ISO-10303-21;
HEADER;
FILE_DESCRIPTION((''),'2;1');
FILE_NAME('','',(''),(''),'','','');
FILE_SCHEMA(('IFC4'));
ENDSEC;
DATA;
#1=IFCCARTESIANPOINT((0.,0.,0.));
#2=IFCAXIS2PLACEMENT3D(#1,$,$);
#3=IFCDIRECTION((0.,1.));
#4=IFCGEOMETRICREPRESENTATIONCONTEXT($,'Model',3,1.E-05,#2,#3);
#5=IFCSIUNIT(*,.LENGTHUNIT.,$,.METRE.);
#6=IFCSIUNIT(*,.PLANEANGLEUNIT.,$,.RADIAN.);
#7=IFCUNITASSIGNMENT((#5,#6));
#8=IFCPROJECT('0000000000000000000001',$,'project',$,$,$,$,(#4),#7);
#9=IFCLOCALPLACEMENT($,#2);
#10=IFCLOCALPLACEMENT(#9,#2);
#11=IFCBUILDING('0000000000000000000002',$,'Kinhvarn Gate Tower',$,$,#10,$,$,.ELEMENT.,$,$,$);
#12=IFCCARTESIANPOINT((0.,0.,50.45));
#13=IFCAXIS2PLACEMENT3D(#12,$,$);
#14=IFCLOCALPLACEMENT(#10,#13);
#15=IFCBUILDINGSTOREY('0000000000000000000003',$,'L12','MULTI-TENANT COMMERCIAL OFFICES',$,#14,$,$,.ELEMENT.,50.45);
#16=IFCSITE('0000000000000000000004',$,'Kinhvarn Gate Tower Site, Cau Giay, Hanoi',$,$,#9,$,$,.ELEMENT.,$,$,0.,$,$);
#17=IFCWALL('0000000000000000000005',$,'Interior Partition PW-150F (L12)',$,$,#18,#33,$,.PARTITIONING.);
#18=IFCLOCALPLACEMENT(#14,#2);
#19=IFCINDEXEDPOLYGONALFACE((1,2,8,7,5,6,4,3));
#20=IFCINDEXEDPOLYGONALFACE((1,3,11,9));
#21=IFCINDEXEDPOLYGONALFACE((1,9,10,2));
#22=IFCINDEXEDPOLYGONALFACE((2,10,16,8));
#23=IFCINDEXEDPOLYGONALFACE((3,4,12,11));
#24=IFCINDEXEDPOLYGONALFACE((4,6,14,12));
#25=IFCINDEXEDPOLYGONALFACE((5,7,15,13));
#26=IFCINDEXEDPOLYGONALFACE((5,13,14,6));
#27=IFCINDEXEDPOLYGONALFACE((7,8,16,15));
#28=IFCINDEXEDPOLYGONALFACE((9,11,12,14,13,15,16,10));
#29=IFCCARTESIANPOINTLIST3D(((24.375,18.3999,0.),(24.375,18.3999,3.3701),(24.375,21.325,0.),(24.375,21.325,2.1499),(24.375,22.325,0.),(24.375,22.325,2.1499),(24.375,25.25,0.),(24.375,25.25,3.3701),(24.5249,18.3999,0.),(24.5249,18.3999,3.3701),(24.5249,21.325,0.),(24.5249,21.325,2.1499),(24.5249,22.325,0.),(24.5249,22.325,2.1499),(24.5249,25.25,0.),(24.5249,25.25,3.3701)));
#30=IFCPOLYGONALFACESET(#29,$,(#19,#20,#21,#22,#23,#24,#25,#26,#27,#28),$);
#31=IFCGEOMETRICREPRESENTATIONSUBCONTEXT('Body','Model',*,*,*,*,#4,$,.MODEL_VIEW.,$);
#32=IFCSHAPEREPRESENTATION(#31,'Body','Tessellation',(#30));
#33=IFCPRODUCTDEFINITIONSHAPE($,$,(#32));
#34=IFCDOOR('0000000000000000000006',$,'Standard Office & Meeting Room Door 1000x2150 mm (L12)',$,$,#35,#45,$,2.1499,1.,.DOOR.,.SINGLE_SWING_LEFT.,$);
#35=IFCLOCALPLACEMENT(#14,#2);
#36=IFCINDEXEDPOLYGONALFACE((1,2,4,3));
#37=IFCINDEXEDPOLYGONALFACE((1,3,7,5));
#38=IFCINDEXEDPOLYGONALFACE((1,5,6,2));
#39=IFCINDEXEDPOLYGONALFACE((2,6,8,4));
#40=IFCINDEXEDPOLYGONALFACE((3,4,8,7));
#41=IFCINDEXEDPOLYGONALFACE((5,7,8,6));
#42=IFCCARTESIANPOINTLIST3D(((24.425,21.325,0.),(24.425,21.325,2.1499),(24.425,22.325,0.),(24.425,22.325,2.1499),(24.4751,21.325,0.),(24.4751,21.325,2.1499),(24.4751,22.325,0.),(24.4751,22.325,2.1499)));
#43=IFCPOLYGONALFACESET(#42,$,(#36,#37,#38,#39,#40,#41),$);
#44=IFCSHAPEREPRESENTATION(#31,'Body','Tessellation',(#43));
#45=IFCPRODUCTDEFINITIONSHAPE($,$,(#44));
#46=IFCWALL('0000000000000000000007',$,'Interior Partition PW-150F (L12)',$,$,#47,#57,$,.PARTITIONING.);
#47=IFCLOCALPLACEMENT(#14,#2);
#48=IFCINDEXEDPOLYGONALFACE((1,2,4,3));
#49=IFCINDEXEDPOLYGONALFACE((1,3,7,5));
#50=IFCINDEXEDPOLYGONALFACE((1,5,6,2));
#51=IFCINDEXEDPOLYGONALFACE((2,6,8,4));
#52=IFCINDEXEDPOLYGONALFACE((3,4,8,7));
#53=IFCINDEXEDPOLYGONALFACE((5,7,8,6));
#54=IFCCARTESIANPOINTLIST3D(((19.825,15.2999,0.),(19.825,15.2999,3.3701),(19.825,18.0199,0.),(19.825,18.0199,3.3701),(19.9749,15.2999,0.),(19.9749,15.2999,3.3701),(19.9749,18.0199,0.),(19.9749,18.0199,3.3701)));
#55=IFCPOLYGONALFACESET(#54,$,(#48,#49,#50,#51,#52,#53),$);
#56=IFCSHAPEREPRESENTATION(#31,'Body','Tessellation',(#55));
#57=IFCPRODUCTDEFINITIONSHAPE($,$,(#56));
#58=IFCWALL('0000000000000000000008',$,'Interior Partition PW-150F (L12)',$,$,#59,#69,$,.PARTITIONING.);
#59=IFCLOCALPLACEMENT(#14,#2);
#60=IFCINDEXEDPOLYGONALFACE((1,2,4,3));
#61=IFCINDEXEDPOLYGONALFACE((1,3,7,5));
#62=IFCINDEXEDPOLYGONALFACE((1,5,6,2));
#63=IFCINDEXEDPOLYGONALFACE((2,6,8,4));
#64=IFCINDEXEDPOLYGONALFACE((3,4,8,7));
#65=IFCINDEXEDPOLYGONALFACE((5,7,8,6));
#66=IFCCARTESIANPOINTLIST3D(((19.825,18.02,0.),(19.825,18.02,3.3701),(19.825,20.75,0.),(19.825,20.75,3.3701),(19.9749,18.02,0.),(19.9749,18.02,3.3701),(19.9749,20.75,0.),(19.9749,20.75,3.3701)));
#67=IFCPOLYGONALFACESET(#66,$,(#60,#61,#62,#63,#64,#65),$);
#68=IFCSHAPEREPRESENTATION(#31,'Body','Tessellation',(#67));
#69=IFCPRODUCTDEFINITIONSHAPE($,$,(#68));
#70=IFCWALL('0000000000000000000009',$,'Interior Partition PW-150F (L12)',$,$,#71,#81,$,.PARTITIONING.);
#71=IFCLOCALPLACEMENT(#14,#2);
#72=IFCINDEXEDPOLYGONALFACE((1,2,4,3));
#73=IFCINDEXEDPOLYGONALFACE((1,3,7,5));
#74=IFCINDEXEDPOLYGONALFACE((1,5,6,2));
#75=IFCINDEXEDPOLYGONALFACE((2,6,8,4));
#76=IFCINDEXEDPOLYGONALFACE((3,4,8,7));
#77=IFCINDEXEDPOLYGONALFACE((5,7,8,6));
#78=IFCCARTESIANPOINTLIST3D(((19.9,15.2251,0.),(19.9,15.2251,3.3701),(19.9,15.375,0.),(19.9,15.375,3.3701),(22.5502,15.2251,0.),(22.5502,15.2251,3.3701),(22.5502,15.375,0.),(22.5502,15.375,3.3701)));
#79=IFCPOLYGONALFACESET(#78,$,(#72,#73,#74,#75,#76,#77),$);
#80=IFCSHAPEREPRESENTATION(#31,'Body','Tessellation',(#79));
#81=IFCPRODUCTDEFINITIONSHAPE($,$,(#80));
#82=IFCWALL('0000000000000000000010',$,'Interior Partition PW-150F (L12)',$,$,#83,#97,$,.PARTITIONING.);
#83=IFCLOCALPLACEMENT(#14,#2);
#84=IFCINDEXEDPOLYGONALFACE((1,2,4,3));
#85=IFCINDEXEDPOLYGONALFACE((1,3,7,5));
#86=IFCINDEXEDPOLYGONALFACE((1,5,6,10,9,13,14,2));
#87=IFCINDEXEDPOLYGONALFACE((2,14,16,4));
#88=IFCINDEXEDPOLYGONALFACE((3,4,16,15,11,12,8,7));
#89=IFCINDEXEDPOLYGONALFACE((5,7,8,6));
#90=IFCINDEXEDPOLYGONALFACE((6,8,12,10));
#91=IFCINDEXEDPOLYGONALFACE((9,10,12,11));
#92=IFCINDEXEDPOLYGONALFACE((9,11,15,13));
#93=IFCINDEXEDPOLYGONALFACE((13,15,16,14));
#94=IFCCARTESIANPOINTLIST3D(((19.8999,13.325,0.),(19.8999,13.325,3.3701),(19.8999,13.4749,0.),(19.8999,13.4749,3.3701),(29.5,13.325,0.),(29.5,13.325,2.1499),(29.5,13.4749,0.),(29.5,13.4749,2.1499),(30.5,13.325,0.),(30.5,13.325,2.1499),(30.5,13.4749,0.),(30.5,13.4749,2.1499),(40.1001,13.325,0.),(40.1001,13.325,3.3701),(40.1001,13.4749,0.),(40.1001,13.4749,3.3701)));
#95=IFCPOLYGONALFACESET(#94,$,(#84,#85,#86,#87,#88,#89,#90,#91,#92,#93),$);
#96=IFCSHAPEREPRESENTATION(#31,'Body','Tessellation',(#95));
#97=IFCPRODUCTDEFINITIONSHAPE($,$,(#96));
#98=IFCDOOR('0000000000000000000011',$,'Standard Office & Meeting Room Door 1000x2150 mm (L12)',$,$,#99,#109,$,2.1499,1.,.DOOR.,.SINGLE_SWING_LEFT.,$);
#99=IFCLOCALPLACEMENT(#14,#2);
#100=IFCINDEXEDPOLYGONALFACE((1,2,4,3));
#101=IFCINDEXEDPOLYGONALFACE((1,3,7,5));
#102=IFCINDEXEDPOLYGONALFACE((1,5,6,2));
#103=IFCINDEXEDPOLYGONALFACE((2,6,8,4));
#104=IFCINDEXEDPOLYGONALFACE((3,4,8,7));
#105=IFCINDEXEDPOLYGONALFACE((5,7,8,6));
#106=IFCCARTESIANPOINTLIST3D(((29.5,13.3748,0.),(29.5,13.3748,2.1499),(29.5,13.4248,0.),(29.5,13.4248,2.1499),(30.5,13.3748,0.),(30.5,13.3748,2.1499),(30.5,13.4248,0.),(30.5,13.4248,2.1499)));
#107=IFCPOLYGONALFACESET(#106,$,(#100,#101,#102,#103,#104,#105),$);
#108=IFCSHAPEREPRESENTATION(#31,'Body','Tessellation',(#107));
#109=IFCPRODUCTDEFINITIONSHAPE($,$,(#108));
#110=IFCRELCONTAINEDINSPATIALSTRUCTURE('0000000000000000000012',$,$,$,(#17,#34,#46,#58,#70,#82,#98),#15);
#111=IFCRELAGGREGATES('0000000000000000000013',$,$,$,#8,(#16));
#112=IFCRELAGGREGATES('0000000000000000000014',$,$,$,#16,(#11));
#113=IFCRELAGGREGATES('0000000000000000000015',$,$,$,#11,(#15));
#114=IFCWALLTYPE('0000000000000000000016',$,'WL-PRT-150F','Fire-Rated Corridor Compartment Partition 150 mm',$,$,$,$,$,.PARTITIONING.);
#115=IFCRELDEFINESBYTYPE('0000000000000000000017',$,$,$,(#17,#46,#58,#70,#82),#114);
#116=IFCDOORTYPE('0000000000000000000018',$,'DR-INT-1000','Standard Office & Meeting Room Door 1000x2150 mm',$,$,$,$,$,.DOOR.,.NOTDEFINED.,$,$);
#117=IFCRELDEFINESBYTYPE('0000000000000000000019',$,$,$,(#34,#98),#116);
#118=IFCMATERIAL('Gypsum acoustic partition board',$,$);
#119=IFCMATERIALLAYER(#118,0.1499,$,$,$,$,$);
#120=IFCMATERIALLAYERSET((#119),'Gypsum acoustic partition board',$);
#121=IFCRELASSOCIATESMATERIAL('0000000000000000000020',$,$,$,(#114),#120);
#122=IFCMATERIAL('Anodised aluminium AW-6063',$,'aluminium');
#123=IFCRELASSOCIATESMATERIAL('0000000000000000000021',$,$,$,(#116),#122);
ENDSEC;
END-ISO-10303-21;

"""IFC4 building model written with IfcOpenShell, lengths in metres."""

from ifc_helpers import new_model, si_unit, direction, frame, frame_2d, origin, place, context, subcontext, project, spatial, rectangle, extrude, material, layer, layer_set, type_object, element, fill, save


model = new_model("IFC4")

# Units and contexts
model_context = context("Model", 3, precision=1e-05, world=origin(), true_north=direction((0.0, 1.0)))
body_context = subcontext(model_context, "Body", "Model", "MODEL_VIEW")
ifc_project = project(units=[si_unit("LENGTHUNIT", "METRE"), si_unit("PLANEANGLEUNIT", "RADIAN")], contexts=[model_context])

# Site, building, storey
site_placement = place(None, origin())
site = spatial("IfcSite", under=ifc_project, at=site_placement, Name="Kinhvarn Gate Tower Site, Cau Giay, Hanoi", CompositionType="ELEMENT", RefElevation=0.0)
building_placement = place(site_placement, origin())
building = spatial("IfcBuilding", under=site, at=building_placement, Name="Kinhvarn Gate Tower", CompositionType="ELEMENT")
storey_placement = place(building_placement, frame((0.0, 0.0, 50.45)))
storey = spatial("IfcBuildingStorey", under=building, at=storey_placement, Name="L12", Description="MULTI-TENANT COMMERCIAL OFFICES", CompositionType="ELEMENT", Elevation=50.45)

# Shared definitions
ifc_material_1 = material(Name="Gypsum acoustic partition board")

# Shared definitions
ifc_material_2 = material(Name="Anodised aluminium AW-6063", Category="aluminium")

# Wall, opening, door
ifc_layer_1 = layer(ifc_material_1, 0.1499)
ifc_layer_set_1 = layer_set([ifc_layer_1], Name="Gypsum acoustic partition board")
wall_type_1 = type_object("IfcWallType", Name="WL-PRT-150F", Description="Fire-Rated Corridor Compartment Partition 150 mm", PredefinedType="PARTITIONING", material=ifc_layer_set_1)
door_type_1 = type_object("IfcDoorType", Name="DR-INT-1000", Description="Standard Office & Meeting Room Door 1000x2150 mm", OperationType="NOTDEFINED", PredefinedType="DOOR", material=ifc_material_2)
wall_1_placement = place(storey_placement, frame((24.45, 18.3999, 0.0), z_axis=(0.0, 0.0, 1.0), x_axis=(0.0, 1.0, 0.0)))
wall_1 = element("IfcWall", 1, at=wall_1_placement, inside=storey, type_object=wall_type_1, Name="Interior Partition PW-150F (L12)", PredefinedType="PARTITIONING", context=body_context, shape_type="SweptSolid", body=[
    extrude(rectangle(XDim=6.8501, YDim=0.1499, at=frame_2d((3.425, 0.0))), origin(), (0.0, 0.0, 1.0), 3.3701),
])
opening_1_placement = place(wall_1_placement, frame((2.925, 0.0, 0.0)))
opening_1 = element("IfcOpeningElement", 2, at=opening_1_placement, cuts=wall_1, PredefinedType="OPENING", context=body_context, shape_type="SweptSolid", body=[
    extrude(rectangle(XDim=1.0, YDim=2.1499, at=frame_2d((0.5, 1.075))), frame((0.0, 0.085, 0.0), z_axis=(0.0, -1.0, 0.0), x_axis=(1.0, 0.0, 0.0)), (0.0, 0.0, 1.0), 0.1699),
])
door_1_placement = place(opening_1_placement, origin())
door_1 = element("IfcDoor", 3, at=door_1_placement, inside=storey, type_object=door_type_1, Name="Standard Office & Meeting Room Door 1000x2150 mm (L12)", OperationType="SINGLE_SWING_LEFT", OverallHeight=2.1499, OverallWidth=1.0, PredefinedType="DOOR", context=body_context, shape_type="SweptSolid", body=[
    extrude(rectangle(XDim=1.0, YDim=2.1499, at=frame_2d((0.5, 1.075))), frame((0.0, 0.0249, 0.0), z_axis=(0.0, -1.0, 0.0), x_axis=(1.0, 0.0, 0.0)), (0.0, 0.0, 1.0), 0.05),
])
fill(opening_1, door_1)

# Walls
wall_2_placement = place(storey_placement, frame((19.8999, 15.3, 0.0), z_axis=(0.0, 0.0, 1.0), x_axis=(0.0, 1.0, 0.0)))
element("IfcWall", 4, at=wall_2_placement, inside=storey, type_object=wall_type_1, Name="Interior Partition PW-150F (L12)", PredefinedType="PARTITIONING", context=body_context, shape_type="SweptSolid", body=[
    extrude(rectangle(XDim=2.72, YDim=0.1499, at=frame_2d((1.3599, 0.0))), origin(), (0.0, 0.0, 1.0), 3.3701),
])
wall_3_placement = place(storey_placement, frame((19.8999, 18.02, 0.0), z_axis=(0.0, 0.0, 1.0), x_axis=(0.0, 1.0, 0.0)))
element("IfcWall", 5, at=wall_3_placement, inside=storey, type_object=wall_type_1, Name="Interior Partition PW-150F (L12)", PredefinedType="PARTITIONING", context=body_context, shape_type="SweptSolid", body=[
    extrude(rectangle(XDim=2.73, YDim=0.1499, at=frame_2d((1.365, 0.0))), origin(), (0.0, 0.0, 1.0), 3.3701),
])
wall_4_placement = place(storey_placement, frame((19.8999, 15.3, 0.0), z_axis=(0.0, 0.0, 1.0), x_axis=(1.0, 0.0, 0.0)))
element("IfcWall", 6, at=wall_4_placement, inside=storey, type_object=wall_type_1, Name="Interior Partition PW-150F (L12)", PredefinedType="PARTITIONING", context=body_context, shape_type="SweptSolid", body=[
    extrude(rectangle(XDim=2.6501, YDim=0.1499, at=frame_2d((1.3252, 0.0))), origin(), (0.0, 0.0, 1.0), 3.3701),
])

# Wall, opening, door
wall_5_placement = place(storey_placement, frame((19.8999, 13.3999, 0.0), z_axis=(0.0, 0.0, 1.0), x_axis=(1.0, 0.0, 0.0)))
wall_5 = element("IfcWall", 7, at=wall_5_placement, inside=storey, type_object=wall_type_1, Name="Interior Partition PW-150F (L12)", PredefinedType="PARTITIONING", context=body_context, shape_type="SweptSolid", body=[
    extrude(rectangle(XDim=20.2002, YDim=0.1499, at=frame_2d((10.1001, 0.0))), origin(), (0.0, 0.0, 1.0), 3.3701),
])
opening_2_placement = place(wall_5_placement, frame((9.6001, 0.0, 0.0)))
opening_2 = element("IfcOpeningElement", 8, at=opening_2_placement, cuts=wall_5, PredefinedType="OPENING", context=body_context, shape_type="SweptSolid", body=[
    extrude(rectangle(XDim=1.0, YDim=2.1499, at=frame_2d((0.5, 1.075))), frame((0.0, 0.085, 0.0), z_axis=(0.0, -1.0, 0.0), x_axis=(1.0, 0.0, 0.0)), (0.0, 0.0, 1.0), 0.1699),
])
door_2_placement = place(opening_2_placement, origin())
door_2 = element("IfcDoor", 9, at=door_2_placement, inside=storey, type_object=door_type_1, Name="Standard Office & Meeting Room Door 1000x2150 mm (L12)", OperationType="SINGLE_SWING_LEFT", OverallHeight=2.1499, OverallWidth=1.0, PredefinedType="DOOR", context=body_context, shape_type="SweptSolid", body=[
    extrude(rectangle(XDim=1.0, YDim=2.1499, at=frame_2d((0.5, 1.075))), frame((0.0, 0.0249, 0.0), z_axis=(0.0, -1.0, 0.0), x_axis=(1.0, 0.0, 0.0)), (0.0, 0.0, 1.0), 0.05),
])
fill(opening_2, door_2)

save(model, "model.ifc")
